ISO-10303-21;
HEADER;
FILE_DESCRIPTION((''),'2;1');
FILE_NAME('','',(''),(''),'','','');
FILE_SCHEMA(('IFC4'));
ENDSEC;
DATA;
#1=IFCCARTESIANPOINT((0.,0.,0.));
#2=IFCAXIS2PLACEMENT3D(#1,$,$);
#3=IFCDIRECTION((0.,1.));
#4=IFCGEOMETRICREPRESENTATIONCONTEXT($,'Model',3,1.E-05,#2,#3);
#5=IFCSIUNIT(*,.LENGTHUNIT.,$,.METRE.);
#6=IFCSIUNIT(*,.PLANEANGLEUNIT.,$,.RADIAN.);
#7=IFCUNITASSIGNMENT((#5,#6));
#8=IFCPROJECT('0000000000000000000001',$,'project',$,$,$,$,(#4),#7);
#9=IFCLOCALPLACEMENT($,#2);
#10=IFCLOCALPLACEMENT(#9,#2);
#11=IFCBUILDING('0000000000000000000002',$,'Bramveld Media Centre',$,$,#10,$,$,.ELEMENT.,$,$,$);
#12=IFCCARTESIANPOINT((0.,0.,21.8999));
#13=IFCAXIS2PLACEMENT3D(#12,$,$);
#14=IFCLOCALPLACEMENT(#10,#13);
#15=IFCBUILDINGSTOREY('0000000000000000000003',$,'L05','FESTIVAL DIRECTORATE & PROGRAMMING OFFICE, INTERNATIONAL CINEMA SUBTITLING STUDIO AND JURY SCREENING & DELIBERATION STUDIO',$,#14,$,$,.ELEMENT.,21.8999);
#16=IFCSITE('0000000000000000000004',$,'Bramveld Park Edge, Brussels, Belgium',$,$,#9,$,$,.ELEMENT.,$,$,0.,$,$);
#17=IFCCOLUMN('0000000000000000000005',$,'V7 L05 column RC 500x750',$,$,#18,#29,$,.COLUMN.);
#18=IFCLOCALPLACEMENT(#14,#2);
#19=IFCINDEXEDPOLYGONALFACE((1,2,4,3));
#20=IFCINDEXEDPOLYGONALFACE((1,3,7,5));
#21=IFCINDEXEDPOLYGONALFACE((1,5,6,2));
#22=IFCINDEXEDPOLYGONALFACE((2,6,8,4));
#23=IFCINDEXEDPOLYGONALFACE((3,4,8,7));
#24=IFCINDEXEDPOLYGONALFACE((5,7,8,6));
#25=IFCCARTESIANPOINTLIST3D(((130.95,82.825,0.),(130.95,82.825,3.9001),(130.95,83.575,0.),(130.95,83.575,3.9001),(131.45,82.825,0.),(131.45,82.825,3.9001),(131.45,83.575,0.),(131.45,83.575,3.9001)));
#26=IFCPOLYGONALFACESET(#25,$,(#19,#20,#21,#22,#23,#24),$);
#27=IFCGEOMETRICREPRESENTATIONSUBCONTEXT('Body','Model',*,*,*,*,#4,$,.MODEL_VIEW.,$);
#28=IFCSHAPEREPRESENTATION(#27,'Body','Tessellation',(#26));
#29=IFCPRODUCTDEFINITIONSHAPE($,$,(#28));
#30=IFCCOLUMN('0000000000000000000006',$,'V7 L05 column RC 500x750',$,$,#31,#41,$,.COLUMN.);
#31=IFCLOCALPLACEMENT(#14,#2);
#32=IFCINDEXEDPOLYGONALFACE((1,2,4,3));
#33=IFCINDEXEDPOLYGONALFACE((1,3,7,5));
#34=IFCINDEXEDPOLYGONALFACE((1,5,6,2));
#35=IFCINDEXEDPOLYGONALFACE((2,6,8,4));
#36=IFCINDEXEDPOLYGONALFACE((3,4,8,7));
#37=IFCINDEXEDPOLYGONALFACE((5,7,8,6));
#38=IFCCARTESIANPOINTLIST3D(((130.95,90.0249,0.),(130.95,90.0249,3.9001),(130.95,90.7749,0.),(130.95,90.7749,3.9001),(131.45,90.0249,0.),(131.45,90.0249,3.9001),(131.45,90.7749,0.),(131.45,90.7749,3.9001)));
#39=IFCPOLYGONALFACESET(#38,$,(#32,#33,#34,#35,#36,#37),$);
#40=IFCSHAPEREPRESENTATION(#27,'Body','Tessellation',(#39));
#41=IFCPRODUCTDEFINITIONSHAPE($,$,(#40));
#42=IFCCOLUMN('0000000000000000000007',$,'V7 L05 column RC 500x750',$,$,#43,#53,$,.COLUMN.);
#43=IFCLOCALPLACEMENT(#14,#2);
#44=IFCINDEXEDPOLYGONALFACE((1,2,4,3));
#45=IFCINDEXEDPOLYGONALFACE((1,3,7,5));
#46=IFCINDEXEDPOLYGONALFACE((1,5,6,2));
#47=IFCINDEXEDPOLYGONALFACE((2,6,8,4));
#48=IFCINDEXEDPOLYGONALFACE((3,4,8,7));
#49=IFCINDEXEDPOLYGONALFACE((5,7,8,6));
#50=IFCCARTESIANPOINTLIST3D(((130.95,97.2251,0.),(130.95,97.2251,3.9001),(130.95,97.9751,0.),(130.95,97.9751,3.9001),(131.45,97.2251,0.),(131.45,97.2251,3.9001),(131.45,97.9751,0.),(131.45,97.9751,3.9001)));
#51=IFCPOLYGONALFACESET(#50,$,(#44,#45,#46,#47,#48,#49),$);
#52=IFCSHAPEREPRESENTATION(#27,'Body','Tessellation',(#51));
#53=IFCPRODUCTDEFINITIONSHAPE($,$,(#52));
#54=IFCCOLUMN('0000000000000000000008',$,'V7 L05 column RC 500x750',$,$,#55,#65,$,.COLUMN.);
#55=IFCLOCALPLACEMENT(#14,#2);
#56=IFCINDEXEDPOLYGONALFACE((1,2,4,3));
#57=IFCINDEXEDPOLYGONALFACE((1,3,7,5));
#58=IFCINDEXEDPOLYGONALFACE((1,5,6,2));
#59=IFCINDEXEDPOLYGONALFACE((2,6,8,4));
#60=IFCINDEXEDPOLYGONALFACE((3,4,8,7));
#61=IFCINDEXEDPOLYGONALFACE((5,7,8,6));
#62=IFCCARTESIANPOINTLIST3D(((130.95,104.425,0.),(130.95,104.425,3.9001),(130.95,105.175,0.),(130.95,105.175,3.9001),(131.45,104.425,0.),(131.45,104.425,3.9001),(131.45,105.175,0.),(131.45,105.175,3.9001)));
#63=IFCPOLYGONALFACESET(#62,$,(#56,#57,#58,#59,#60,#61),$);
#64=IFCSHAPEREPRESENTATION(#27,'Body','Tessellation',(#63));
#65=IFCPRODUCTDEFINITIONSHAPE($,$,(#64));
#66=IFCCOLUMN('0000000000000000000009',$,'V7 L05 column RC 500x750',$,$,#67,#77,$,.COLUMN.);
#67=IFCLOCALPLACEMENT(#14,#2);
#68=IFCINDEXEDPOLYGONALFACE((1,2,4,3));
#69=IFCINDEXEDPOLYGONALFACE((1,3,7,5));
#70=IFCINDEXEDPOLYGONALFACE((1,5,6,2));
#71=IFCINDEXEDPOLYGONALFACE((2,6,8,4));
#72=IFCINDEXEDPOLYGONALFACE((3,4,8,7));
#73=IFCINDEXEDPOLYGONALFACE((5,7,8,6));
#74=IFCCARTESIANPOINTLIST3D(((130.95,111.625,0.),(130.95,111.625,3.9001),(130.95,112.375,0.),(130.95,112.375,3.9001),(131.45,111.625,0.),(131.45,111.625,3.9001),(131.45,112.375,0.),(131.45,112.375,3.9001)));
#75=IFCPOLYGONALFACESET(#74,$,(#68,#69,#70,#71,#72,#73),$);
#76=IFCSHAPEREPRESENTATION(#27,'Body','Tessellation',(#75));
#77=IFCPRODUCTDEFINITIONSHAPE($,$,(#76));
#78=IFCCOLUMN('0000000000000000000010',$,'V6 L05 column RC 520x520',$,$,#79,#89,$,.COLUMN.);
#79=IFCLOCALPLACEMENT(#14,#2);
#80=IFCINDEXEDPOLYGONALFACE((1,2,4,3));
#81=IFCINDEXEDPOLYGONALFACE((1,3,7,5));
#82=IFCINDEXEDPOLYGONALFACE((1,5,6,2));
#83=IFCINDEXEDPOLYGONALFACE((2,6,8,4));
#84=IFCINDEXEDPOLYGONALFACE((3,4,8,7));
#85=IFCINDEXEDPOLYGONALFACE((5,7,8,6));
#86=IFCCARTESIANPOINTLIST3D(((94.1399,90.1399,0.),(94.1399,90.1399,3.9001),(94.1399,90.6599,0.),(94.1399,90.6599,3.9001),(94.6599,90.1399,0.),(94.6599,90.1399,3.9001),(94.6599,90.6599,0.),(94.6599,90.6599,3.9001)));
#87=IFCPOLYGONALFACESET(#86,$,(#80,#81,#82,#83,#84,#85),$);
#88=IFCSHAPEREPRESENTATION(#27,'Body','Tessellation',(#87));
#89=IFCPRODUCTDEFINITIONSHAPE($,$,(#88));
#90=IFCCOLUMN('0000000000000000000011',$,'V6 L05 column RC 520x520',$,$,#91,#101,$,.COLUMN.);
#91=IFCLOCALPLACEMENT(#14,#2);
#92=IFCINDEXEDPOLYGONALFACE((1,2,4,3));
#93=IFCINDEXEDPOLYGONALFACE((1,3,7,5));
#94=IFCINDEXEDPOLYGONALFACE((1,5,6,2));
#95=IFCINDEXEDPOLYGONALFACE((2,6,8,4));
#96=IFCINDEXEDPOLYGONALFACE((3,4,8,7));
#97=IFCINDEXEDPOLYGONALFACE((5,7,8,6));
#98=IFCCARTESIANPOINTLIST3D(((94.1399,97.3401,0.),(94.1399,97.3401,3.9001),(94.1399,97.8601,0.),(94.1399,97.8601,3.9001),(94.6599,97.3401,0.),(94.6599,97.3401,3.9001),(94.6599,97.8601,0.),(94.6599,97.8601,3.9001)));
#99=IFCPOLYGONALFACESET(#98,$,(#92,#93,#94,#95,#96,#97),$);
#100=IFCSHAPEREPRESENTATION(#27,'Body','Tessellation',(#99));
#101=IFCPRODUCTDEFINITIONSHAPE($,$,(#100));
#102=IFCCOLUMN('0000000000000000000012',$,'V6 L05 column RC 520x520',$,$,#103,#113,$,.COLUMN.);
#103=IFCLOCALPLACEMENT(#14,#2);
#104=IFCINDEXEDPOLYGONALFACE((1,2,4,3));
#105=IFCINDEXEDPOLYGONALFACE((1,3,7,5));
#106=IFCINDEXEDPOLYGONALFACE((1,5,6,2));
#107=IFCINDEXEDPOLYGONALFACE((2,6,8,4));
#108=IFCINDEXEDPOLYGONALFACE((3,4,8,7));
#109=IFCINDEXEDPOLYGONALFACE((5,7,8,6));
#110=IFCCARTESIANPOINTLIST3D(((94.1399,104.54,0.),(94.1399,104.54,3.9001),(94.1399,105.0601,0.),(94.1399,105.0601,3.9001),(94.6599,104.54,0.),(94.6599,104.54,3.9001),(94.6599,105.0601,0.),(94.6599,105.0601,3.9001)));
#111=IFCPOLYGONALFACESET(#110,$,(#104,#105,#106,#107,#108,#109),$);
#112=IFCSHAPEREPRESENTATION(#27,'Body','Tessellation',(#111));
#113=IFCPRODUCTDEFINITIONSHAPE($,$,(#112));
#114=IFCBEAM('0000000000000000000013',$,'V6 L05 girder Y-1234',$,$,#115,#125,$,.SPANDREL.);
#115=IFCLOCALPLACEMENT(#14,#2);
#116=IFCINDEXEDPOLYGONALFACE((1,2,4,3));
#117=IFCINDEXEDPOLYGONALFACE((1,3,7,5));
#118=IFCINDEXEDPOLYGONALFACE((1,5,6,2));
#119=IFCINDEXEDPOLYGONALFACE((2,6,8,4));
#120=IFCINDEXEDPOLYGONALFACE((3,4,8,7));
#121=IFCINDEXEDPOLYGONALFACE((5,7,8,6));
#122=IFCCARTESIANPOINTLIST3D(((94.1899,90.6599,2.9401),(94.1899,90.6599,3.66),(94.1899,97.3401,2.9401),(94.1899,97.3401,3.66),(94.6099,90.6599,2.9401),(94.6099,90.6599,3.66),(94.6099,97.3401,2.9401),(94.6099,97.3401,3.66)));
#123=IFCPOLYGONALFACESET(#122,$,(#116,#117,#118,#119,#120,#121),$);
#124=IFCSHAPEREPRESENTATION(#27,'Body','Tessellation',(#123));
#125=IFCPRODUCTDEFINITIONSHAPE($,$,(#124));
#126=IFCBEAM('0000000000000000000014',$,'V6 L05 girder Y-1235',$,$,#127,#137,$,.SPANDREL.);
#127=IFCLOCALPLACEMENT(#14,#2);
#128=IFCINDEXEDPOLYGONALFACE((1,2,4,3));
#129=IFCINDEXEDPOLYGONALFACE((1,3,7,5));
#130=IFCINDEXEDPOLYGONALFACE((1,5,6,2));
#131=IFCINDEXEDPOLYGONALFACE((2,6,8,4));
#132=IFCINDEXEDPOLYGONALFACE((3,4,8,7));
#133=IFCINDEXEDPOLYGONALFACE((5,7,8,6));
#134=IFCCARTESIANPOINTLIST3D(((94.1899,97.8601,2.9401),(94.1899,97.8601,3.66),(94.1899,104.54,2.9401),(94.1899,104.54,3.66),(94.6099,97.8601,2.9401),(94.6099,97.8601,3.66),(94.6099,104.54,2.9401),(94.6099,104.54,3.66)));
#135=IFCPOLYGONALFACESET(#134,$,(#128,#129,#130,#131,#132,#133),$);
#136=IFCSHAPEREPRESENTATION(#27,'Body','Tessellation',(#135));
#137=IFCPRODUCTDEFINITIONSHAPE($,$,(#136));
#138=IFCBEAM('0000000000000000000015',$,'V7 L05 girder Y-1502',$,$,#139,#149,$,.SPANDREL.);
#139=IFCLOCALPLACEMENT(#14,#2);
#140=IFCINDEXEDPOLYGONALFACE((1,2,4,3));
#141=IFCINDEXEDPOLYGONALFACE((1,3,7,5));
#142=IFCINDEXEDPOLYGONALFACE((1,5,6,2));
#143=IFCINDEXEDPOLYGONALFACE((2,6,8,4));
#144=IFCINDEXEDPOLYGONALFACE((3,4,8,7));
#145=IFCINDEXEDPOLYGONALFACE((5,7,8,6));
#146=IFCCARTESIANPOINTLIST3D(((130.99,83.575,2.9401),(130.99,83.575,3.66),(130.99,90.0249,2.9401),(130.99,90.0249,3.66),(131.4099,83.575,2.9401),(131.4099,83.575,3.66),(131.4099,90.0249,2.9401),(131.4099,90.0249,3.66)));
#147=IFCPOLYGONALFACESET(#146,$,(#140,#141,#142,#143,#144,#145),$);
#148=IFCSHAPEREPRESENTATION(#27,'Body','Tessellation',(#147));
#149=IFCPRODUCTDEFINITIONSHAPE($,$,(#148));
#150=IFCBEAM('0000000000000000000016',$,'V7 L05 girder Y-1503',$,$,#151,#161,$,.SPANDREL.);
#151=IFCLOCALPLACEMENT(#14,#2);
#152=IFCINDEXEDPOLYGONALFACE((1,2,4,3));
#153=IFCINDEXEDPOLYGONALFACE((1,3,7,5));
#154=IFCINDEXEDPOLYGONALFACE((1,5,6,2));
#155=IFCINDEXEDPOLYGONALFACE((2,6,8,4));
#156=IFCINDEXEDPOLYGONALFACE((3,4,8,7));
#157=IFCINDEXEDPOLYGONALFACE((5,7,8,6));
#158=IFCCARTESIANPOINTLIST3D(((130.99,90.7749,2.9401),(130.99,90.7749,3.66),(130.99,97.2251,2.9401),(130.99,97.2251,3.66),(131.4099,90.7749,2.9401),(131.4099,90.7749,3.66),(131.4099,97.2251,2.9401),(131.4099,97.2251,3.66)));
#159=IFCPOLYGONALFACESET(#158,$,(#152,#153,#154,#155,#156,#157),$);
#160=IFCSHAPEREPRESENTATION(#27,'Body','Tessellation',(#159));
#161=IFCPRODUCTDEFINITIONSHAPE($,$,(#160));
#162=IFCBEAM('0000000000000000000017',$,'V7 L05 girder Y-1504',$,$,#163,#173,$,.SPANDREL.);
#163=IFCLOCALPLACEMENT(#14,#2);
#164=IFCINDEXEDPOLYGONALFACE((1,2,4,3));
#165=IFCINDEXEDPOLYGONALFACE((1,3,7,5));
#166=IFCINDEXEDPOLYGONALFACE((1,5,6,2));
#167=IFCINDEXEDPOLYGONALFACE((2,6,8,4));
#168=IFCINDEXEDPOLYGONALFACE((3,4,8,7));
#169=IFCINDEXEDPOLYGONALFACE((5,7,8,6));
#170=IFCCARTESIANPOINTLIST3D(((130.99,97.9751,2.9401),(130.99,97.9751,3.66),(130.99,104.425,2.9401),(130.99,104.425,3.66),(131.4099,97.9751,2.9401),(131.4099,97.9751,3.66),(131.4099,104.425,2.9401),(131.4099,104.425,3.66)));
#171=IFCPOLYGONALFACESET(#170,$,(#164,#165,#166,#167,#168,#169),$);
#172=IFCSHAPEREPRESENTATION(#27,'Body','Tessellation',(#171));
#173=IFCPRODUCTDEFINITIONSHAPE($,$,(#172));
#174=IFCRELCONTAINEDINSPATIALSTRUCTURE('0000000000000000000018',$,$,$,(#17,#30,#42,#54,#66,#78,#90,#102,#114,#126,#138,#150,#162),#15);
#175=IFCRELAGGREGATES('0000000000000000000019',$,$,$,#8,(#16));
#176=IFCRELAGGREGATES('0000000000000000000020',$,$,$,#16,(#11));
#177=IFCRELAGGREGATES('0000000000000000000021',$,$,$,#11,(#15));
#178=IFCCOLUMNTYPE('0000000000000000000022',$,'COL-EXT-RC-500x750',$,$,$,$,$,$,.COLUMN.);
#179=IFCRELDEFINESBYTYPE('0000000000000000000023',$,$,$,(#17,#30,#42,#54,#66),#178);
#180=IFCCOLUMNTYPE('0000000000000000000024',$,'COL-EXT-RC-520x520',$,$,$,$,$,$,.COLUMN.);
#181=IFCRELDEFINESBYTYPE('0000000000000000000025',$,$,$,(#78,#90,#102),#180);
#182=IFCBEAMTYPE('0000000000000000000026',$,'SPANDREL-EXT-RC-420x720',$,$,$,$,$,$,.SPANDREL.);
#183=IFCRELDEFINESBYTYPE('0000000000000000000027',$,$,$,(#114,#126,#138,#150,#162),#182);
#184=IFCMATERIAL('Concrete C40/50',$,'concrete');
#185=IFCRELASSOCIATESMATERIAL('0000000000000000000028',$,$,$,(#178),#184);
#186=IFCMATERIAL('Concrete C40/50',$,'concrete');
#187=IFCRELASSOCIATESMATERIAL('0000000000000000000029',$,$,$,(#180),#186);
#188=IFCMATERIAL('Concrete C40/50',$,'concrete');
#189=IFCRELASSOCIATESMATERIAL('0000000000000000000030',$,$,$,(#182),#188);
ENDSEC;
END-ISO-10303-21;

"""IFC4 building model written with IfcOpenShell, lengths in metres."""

from ifc_helpers import new_model, si_unit, direction, frame, origin, origin_2d, place, context, subcontext, project, spatial, rectangle, extrude, material, material_profile, profile_set, type_object, element, save


model = new_model("IFC4")

# Units and contexts
model_context = context("Model", 3, precision=1e-05, world=origin(), true_north=direction((0.0, 1.0)))
body_context = subcontext(model_context, "Body", "Model", "MODEL_VIEW")
ifc_project = project(units=[si_unit("LENGTHUNIT", "METRE"), si_unit("PLANEANGLEUNIT", "RADIAN")], contexts=[model_context])

# Site, building, storey
site_placement = place(None, origin())
site = spatial("IfcSite", under=ifc_project, at=site_placement, Name="Bramveld Park Edge, Brussels, Belgium", CompositionType="ELEMENT", RefElevation=0.0)
building_placement = place(site_placement, origin())
building = spatial("IfcBuilding", under=site, at=building_placement, Name="Bramveld Media Centre", CompositionType="ELEMENT")
storey_placement = place(building_placement, frame((0.0, 0.0, 21.8999)))
storey = spatial("IfcBuildingStorey", under=building, at=storey_placement, Name="L05", Description="FESTIVAL DIRECTORATE & PROGRAMMING OFFICE, INTERNATIONAL CINEMA SUBTITLING STUDIO AND JURY SCREENING & DELIBERATION STUDIO", CompositionType="ELEMENT", Elevation=21.8999)

# Columns
ifc_material_1 = material(Name="Concrete C40/50", Category="concrete")
ifc_material_profile_1 = material_profile(ifc_material_1, rectangle(XDim=0.5, YDim=0.75, at=origin_2d()), Name="RC 500x750")
ifc_profile_set_1 = profile_set([ifc_material_profile_1], Name="Concrete C40/50")
column_type_1 = type_object("IfcColumnType", Name="COL-EXT-RC-500x750", PredefinedType="COLUMN", material=ifc_profile_set_1)
for number, where, z_axis, x_axis, name in (
    (1, (131.2, 83.2, 0.0), (0.0, 0.0, 1.0), (1.0, 0.0, 0.0), "V7 L05 column RC 500x750"),
    (2, (131.2, 90.3999, 0.0), (0.0, 0.0, 1.0), (1.0, 0.0, 0.0), "V7 L05 column RC 500x750"),
    (3, (131.2, 97.6001, 0.0), (0.0, 0.0, 1.0), (1.0, 0.0, 0.0), "V7 L05 column RC 500x750"),
    (4, (131.2, 104.8, 0.0), (0.0, 0.0, 1.0), (1.0, 0.0, 0.0), "V7 L05 column RC 500x750"),
    (5, (131.2, 112.0, 0.0), (0.0, 0.0, 1.0), (1.0, 0.0, 0.0), "V7 L05 column RC 500x750"),
):
    element("IfcColumn", number, at=place(storey_placement, frame(where, z_axis=z_axis, x_axis=x_axis)), inside=storey, type_object=column_type_1, Name=name, PredefinedType="COLUMN", context=body_context, shape_type="SweptSolid", body=[
        extrude(rectangle(XDim=0.5, YDim=0.75, at=origin_2d()), origin(), (0.0, 0.0, 1.0), 3.9001),
    ])
ifc_material_2 = material(Name="Concrete C40/50", Category="concrete")
ifc_material_profile_2 = material_profile(ifc_material_2, rectangle(XDim=0.52, YDim=0.52, at=origin_2d()), Name="RC 520x520")
ifc_profile_set_2 = profile_set([ifc_material_profile_2], Name="Concrete C40/50")
column_type_2 = type_object("IfcColumnType", Name="COL-EXT-RC-520x520", PredefinedType="COLUMN", material=ifc_profile_set_2)
for number, where, z_axis, x_axis, name in (
    (6, (94.3999, 90.3999, 0.0), (0.0, 0.0, 1.0), (1.0, 0.0, 0.0), "V6 L05 column RC 520x520"),
    (7, (94.3999, 97.6001, 0.0), (0.0, 0.0, 1.0), (1.0, 0.0, 0.0), "V6 L05 column RC 520x520"),
    (8, (94.3999, 104.8, 0.0), (0.0, 0.0, 1.0), (1.0, 0.0, 0.0), "V6 L05 column RC 520x520"),
):
    element("IfcColumn", number, at=place(storey_placement, frame(where, z_axis=z_axis, x_axis=x_axis)), inside=storey, type_object=column_type_2, Name=name, PredefinedType="COLUMN", context=body_context, shape_type="SweptSolid", body=[
        extrude(rectangle(XDim=0.52, YDim=0.52, at=origin_2d()), origin(), (0.0, 0.0, 1.0), 3.9001),
    ])

# Beams
ifc_material_3 = material(Name="Concrete C40/50", Category="concrete")
ifc_material_profile_3 = material_profile(ifc_material_3, rectangle(XDim=0.4199, YDim=0.72, at=origin_2d()), Name="RC 420x720")
ifc_profile_set_3 = profile_set([ifc_material_profile_3], Name="Concrete C40/50")
beam_type = type_object("IfcBeamType", Name="SPANDREL-EXT-RC-420x720", PredefinedType="SPANDREL", material=ifc_profile_set_3)
beam_1_placement = place(storey_placement, frame((94.3999, 90.6599, 3.3), z_axis=(0.0, 1.0, 0.0), x_axis=(-1.0, 0.0, 0.0)))
element("IfcBeam", 9, at=beam_1_placement, inside=storey, type_object=beam_type, Name="V6 L05 girder Y-1234", PredefinedType="SPANDREL", context=body_context, shape_type="SweptSolid", body=[
    extrude(rectangle(XDim=0.4199, YDim=0.72, at=origin_2d()), origin(), (0.0, 0.0, 1.0), 6.6802),
])
beam_2_placement = place(storey_placement, frame((94.3999, 97.8601, 3.3), z_axis=(0.0, 1.0, 0.0), x_axis=(-1.0, 0.0, 0.0)))
element("IfcBeam", 10, at=beam_2_placement, inside=storey, type_object=beam_type, Name="V6 L05 girder Y-1235", PredefinedType="SPANDREL", context=body_context, shape_type="SweptSolid", body=[
    extrude(rectangle(XDim=0.4199, YDim=0.72, at=origin_2d()), origin(), (0.0, 0.0, 1.0), 6.6799),
])
beam_3_placement = place(storey_placement, frame((131.2, 83.575, 3.3), z_axis=(0.0, 1.0, 0.0), x_axis=(-1.0, 0.0, 0.0)))
element("IfcBeam", 11, at=beam_3_placement, inside=storey, type_object=beam_type, Name="V7 L05 girder Y-1502", PredefinedType="SPANDREL", context=body_context, shape_type="SweptSolid", body=[
    extrude(rectangle(XDim=0.4199, YDim=0.72, at=origin_2d()), origin(), (0.0, 0.0, 1.0), 6.45),
])
beam_4_placement = place(storey_placement, frame((131.2, 90.7749, 3.3), z_axis=(0.0, 1.0, 0.0), x_axis=(-1.0, 0.0, 0.0)))
element("IfcBeam", 12, at=beam_4_placement, inside=storey, type_object=beam_type, Name="V7 L05 girder Y-1503", PredefinedType="SPANDREL", context=body_context, shape_type="SweptSolid", body=[
    extrude(rectangle(XDim=0.4199, YDim=0.72, at=origin_2d()), origin(), (0.0, 0.0, 1.0), 6.4502),
])
beam_5_placement = place(storey_placement, frame((131.2, 97.9751, 3.3), z_axis=(0.0, 1.0, 0.0), x_axis=(-1.0, 0.0, 0.0)))
element("IfcBeam", 13, at=beam_5_placement, inside=storey, type_object=beam_type, Name="V7 L05 girder Y-1504", PredefinedType="SPANDREL", context=body_context, shape_type="SweptSolid", body=[
    extrude(rectangle(XDim=0.4199, YDim=0.72, at=origin_2d()), origin(), (0.0, 0.0, 1.0), 6.45),
])

save(model, "model.ifc")
